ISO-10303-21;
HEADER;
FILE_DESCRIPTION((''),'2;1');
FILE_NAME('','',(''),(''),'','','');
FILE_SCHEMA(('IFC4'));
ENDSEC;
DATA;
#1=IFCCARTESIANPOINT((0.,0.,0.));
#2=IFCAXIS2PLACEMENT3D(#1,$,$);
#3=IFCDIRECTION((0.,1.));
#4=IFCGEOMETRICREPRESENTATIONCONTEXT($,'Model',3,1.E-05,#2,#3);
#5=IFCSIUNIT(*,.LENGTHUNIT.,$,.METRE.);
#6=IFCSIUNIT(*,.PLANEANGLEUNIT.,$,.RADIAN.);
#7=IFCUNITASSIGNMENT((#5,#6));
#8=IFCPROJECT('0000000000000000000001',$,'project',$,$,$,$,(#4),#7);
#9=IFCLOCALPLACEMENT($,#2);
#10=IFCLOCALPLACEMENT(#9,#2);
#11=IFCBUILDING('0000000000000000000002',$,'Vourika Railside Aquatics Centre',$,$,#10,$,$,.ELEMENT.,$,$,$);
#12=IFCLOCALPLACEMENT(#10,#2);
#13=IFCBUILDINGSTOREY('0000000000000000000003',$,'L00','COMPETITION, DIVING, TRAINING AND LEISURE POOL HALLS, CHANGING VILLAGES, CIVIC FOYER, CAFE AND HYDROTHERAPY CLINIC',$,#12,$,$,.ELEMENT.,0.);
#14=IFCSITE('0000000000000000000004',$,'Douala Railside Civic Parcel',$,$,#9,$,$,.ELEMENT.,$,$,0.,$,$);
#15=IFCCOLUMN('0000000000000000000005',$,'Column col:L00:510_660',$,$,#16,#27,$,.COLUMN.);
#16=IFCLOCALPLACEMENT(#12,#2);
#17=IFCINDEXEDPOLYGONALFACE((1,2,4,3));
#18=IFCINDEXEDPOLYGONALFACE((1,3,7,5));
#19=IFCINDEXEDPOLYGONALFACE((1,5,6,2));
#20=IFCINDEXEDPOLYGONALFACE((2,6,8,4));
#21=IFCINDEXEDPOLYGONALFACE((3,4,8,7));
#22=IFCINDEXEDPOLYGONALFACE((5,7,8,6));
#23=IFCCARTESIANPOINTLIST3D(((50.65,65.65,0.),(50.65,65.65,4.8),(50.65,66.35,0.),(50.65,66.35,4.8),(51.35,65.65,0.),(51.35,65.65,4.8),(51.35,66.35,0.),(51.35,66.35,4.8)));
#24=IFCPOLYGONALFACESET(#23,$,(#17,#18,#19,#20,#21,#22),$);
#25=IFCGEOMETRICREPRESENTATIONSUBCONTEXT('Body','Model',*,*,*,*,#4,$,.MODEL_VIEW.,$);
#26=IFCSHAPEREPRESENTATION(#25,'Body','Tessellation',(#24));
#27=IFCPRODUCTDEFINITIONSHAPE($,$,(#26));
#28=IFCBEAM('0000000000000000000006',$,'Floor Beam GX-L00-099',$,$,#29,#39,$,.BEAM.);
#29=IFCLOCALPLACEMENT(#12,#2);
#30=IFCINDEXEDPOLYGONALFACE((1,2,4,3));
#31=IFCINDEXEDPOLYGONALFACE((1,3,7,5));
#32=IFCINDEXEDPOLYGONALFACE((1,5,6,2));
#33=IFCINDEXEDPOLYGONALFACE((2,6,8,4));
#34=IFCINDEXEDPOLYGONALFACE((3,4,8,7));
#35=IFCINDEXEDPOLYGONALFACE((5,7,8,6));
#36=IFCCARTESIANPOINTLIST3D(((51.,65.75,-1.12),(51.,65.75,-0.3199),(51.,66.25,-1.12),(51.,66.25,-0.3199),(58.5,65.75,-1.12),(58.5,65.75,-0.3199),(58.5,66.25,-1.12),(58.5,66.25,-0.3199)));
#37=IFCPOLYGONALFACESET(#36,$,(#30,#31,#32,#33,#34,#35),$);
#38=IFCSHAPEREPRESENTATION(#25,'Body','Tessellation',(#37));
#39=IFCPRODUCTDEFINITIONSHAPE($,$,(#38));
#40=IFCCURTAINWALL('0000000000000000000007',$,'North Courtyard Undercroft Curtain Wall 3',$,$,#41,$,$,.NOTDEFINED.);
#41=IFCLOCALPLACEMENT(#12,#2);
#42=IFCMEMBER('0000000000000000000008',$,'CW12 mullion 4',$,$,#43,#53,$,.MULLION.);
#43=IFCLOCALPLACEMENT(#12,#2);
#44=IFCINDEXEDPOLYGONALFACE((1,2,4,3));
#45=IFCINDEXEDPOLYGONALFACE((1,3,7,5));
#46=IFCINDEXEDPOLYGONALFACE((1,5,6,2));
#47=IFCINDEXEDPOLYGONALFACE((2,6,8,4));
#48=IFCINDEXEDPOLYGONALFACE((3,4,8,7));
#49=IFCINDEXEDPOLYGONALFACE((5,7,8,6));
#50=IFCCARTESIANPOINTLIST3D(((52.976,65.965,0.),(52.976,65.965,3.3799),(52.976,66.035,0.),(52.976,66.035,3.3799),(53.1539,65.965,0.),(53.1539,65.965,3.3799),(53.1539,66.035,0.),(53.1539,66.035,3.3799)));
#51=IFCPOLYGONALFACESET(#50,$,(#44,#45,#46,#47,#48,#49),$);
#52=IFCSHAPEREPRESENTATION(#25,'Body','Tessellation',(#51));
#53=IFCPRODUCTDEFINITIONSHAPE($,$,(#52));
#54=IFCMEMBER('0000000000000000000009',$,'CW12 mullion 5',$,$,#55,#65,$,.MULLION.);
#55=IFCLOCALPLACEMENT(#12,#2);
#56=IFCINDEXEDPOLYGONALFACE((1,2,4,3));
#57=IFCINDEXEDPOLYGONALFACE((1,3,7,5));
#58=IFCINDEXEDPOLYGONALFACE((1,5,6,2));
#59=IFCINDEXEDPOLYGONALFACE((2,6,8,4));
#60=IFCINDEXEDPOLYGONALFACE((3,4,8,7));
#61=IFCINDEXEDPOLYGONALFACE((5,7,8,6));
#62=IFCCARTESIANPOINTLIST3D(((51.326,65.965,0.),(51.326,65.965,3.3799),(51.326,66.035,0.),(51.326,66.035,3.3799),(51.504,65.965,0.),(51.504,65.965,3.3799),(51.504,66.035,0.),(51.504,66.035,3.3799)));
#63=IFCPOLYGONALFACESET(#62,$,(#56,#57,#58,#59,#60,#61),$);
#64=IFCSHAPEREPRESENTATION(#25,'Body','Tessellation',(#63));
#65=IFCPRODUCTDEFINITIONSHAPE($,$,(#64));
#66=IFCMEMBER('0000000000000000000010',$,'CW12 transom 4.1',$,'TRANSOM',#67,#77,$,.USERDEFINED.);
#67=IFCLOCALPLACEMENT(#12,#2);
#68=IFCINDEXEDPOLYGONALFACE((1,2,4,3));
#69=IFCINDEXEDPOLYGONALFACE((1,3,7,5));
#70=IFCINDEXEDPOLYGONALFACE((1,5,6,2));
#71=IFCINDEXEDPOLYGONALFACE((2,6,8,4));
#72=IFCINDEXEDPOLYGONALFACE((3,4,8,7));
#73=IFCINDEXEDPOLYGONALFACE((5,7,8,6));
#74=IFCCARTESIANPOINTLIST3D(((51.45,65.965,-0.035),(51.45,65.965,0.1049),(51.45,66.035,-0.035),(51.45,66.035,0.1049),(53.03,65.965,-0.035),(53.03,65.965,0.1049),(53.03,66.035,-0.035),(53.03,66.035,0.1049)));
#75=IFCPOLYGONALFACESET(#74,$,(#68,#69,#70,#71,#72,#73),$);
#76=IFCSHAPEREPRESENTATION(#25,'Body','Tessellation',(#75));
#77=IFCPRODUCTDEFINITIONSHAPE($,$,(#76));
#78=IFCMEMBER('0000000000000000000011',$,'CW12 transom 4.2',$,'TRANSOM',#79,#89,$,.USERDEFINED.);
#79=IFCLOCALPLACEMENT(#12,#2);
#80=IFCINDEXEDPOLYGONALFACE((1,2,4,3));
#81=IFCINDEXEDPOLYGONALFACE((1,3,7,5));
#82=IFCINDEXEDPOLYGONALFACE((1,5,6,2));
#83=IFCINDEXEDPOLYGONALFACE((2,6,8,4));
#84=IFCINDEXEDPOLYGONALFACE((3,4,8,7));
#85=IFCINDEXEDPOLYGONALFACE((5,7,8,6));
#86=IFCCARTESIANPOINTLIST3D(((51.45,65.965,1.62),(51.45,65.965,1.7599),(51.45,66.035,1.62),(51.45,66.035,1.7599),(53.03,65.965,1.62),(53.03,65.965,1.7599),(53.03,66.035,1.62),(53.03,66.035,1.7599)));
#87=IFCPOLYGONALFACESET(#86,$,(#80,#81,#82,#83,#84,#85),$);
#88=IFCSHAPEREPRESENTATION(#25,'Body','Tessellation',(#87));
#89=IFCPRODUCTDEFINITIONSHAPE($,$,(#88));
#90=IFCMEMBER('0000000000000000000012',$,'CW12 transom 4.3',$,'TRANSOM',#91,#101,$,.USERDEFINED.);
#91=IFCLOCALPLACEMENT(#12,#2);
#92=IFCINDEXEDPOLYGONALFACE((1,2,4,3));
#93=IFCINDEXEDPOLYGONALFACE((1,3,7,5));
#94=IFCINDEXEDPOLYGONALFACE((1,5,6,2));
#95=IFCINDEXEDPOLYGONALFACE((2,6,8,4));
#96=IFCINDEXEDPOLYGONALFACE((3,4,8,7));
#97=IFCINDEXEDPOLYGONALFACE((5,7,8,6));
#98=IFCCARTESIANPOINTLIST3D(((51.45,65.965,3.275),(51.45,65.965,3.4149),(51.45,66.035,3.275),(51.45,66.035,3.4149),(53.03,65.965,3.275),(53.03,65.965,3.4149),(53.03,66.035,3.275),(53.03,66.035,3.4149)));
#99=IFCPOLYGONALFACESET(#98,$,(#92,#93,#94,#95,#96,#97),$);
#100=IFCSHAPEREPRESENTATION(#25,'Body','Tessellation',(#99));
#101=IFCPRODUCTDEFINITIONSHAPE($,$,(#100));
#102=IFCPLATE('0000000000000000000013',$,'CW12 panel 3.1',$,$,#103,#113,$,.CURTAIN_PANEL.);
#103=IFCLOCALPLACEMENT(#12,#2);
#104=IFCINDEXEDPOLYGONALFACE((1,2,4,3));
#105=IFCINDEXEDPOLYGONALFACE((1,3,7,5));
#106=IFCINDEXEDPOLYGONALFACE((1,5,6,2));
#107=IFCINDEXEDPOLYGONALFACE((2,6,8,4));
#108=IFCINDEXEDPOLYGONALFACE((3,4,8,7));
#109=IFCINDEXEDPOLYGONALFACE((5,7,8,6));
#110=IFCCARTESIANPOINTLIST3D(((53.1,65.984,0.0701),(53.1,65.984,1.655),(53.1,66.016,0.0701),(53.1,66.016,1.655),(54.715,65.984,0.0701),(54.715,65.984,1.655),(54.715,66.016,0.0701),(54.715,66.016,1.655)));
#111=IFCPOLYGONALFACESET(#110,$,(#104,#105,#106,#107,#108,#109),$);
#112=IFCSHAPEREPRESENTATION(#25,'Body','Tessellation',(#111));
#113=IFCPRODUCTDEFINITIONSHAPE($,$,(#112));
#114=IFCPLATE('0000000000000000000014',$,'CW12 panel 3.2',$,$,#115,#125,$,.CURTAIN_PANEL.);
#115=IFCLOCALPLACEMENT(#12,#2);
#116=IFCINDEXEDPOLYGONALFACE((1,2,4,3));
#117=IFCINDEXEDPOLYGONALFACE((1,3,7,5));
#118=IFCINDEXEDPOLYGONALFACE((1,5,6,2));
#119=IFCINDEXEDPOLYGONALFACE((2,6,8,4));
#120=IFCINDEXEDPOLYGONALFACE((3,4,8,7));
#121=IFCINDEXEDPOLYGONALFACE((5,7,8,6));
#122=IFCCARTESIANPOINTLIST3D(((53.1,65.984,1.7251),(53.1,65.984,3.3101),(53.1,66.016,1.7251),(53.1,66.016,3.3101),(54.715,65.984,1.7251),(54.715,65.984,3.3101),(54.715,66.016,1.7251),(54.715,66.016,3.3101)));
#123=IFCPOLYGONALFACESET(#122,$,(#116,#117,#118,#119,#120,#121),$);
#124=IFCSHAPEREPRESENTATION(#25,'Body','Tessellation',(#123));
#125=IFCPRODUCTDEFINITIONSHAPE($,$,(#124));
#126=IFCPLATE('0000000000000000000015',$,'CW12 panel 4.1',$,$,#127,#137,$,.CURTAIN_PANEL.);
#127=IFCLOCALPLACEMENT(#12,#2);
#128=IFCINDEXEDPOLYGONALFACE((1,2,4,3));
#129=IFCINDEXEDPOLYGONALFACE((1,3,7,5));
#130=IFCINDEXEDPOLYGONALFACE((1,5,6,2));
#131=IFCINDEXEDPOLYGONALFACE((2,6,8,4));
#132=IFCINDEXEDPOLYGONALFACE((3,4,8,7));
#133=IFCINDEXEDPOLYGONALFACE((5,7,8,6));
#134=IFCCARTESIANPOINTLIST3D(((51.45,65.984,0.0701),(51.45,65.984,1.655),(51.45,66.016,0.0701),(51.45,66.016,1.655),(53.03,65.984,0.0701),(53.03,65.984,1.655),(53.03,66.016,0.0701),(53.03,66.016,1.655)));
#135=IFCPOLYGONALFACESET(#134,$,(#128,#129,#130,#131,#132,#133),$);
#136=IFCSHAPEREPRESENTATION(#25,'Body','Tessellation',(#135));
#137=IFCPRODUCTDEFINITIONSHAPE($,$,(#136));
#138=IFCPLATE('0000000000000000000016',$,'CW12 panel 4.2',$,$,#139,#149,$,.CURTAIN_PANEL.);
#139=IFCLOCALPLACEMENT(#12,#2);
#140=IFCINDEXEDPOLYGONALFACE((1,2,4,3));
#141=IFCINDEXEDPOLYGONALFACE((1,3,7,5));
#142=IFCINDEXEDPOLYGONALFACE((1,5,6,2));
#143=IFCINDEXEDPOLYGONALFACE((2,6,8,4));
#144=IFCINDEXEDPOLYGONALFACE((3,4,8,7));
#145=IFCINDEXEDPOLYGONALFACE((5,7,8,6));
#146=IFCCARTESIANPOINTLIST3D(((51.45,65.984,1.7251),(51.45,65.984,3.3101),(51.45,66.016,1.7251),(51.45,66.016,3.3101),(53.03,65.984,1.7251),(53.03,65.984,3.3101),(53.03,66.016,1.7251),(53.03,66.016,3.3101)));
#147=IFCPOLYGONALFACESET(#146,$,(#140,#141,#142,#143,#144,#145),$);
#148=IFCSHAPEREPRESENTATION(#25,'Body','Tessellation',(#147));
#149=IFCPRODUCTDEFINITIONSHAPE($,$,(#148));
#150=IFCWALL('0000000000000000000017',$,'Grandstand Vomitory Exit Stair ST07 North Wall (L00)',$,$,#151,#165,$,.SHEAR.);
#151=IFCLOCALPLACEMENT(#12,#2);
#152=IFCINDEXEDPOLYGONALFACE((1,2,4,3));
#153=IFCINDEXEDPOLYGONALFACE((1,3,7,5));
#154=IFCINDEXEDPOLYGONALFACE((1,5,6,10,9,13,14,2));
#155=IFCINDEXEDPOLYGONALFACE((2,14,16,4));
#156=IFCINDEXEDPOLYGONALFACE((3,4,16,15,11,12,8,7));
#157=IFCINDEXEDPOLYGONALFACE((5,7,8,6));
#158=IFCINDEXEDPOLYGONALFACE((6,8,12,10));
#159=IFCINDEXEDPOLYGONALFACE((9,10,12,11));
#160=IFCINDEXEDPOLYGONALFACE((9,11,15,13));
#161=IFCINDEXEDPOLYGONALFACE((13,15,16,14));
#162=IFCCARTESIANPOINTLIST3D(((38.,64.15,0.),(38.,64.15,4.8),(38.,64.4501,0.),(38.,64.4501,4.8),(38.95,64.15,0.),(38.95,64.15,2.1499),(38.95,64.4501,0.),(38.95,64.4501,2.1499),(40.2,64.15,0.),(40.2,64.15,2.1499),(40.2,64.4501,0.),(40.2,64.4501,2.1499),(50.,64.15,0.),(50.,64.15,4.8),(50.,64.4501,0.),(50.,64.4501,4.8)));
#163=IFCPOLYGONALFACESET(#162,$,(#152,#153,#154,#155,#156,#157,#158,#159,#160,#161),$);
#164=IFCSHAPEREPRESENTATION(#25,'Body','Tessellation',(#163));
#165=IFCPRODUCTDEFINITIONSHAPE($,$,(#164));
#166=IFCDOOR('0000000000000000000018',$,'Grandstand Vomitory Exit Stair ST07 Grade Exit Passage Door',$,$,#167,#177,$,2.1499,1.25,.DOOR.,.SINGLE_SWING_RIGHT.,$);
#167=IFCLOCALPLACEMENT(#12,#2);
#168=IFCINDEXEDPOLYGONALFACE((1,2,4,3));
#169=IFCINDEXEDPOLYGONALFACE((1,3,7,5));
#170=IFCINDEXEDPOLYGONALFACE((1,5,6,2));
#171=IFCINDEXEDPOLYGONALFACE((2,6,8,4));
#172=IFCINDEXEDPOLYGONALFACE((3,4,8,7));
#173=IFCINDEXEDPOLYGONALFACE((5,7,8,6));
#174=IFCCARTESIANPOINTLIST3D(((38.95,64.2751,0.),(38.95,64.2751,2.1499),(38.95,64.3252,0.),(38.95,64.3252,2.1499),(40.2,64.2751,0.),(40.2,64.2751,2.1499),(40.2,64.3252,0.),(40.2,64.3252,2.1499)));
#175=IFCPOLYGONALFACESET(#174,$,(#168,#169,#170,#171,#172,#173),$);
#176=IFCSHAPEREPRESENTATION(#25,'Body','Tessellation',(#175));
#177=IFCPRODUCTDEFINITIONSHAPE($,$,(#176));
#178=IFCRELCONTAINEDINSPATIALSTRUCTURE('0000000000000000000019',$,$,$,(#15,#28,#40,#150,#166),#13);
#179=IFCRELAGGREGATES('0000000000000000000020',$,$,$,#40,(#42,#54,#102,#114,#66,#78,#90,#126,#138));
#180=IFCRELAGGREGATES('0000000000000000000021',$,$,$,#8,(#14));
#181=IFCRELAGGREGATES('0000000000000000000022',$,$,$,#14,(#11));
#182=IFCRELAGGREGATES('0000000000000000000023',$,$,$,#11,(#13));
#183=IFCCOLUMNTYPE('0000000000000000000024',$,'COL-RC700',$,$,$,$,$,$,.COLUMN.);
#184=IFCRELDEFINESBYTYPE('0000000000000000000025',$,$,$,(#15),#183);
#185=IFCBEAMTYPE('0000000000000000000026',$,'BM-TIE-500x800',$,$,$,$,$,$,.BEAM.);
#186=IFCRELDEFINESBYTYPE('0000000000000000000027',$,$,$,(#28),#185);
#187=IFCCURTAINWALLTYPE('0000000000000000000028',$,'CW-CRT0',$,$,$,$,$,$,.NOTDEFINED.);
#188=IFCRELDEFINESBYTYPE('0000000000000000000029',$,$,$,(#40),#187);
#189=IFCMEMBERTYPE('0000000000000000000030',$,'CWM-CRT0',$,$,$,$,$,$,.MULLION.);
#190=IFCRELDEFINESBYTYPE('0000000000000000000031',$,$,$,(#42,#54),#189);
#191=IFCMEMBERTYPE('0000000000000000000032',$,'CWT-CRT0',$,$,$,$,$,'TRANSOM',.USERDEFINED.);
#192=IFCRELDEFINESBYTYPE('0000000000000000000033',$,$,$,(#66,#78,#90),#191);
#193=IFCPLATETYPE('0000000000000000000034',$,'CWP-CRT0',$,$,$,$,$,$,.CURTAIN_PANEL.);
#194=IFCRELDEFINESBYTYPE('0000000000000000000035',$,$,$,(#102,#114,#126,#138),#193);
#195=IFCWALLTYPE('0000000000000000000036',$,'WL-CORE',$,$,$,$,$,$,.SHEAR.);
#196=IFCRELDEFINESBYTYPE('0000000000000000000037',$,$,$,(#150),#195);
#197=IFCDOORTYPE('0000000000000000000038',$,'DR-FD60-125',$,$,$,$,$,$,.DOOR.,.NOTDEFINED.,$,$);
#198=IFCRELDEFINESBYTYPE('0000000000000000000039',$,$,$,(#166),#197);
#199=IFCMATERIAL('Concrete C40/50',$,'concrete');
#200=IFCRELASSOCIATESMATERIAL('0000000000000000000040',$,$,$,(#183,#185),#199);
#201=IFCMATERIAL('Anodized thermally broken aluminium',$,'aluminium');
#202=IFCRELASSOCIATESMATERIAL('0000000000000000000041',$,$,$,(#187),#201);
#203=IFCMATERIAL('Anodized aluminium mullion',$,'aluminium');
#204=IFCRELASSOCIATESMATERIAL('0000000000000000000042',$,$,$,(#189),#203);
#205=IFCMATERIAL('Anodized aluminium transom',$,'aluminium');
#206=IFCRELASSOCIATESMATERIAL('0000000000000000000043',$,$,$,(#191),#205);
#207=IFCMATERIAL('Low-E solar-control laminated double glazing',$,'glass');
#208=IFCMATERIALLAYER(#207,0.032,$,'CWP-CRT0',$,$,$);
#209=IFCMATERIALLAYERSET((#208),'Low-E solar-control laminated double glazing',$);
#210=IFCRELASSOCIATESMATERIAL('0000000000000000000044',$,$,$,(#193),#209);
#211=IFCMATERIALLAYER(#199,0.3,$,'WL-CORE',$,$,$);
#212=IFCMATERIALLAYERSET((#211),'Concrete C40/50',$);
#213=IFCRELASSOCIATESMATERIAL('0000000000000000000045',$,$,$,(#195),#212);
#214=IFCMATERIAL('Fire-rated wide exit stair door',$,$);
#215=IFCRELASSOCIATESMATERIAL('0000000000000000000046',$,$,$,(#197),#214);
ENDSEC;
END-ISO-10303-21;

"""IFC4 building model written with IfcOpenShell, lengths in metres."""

from ifc_helpers import new_model, si_unit, direction, frame, frame_2d, origin, origin_2d, place, context, subcontext, project, spatial, rectangle, extrude, material, layer, layer_set, material_profile, profile_set, type_object, element, fill, aggregate, save


model = new_model("IFC4")

# Units and contexts
model_context = context("Model", 3, precision=1e-05, world=origin(), true_north=direction((0.0, 1.0)))
body_context = subcontext(model_context, "Body", "Model", "MODEL_VIEW")
ifc_project = project(units=[si_unit("LENGTHUNIT", "METRE"), si_unit("PLANEANGLEUNIT", "RADIAN")], contexts=[model_context])

# Site, building, storey
site_placement = place(None, origin())
site = spatial("IfcSite", under=ifc_project, at=site_placement, Name="Douala Railside Civic Parcel", CompositionType="ELEMENT", RefElevation=0.0)
building_placement = place(site_placement, origin())
building = spatial("IfcBuilding", under=site, at=building_placement, Name="Vourika Railside Aquatics Centre", CompositionType="ELEMENT")
storey_placement = place(building_placement, origin())
storey = spatial("IfcBuildingStorey", under=building, at=storey_placement, Name="L00", Description="COMPETITION, DIVING, TRAINING AND LEISURE POOL HALLS, CHANGING VILLAGES, CIVIC FOYER, CAFE AND HYDROTHERAPY CLINIC", CompositionType="ELEMENT", Elevation=0.0)

# Column
ifc_material_1 = material(Name="Concrete C40/50", Category="concrete")
ifc_material_profile_1 = material_profile(ifc_material_1, rectangle(XDim=0.7, YDim=0.7, at=origin_2d()), Name="RC 700x700")
ifc_profile_set_1 = profile_set([ifc_material_profile_1], Name="Concrete C40/50")
column_type = type_object("IfcColumnType", Name="COL-RC700", PredefinedType="COLUMN", material=ifc_profile_set_1)
column_placement = place(storey_placement, frame((51.0, 66.0, 0.0), z_axis=(0.0, 0.0, 1.0), x_axis=(1.0, 0.0, 0.0)))
element("IfcColumn", 1, at=column_placement, inside=storey, type_object=column_type, Name="Column col:L00:510_660", PredefinedType="COLUMN", context=body_context, shape_type="SweptSolid", body=[
    extrude(rectangle(XDim=0.7, YDim=0.7, at=origin_2d()), origin(), (0.0, 0.0, 1.0), 4.8),
])

# Beam
ifc_material_profile_2 = material_profile(ifc_material_1, rectangle(XDim=0.5, YDim=0.8, at=origin_2d()), Name="RC 500x800")
ifc_profile_set_2 = profile_set([ifc_material_profile_2], Name="Concrete C40/50")
beam_type = type_object("IfcBeamType", Name="BM-TIE-500x800", PredefinedType="BEAM", material=ifc_profile_set_2)
beam_placement = place(storey_placement, frame((51.0, 66.0, -0.72), z_axis=(1.0, 0.0, 0.0), x_axis=(0.0, 1.0, 0.0)))
element("IfcBeam", 2, at=beam_placement, inside=storey, type_object=beam_type, Name="Floor Beam GX-L00-099", PredefinedType="BEAM", context=body_context, shape_type="SweptSolid", body=[
    extrude(rectangle(XDim=0.5, YDim=0.8, at=origin_2d()), origin(), (0.0, 0.0, 1.0), 7.5),
])

# Curtain wall, members, plates
ifc_material_2 = material(Name="Anodized thermally broken aluminium", Category="aluminium")
curtain_wall_type = type_object("IfcCurtainWallType", Name="CW-CRT0", PredefinedType="NOTDEFINED", material=ifc_material_2)
curtain_wall_placement = place(storey_placement, origin())
curtain_wall = element("IfcCurtainWall", 3, at=curtain_wall_placement, inside=storey, type_object=curtain_wall_type, Name="North Courtyard Undercroft Curtain Wall 3", PredefinedType="NOTDEFINED")
ifc_material_3 = material(Name="Anodized aluminium mullion", Category="aluminium")
ifc_material_profile_3 = material_profile(ifc_material_3, rectangle(XDim=0.0701, YDim=0.178, at=origin_2d()), Name="ALU-M 70x178")
ifc_profile_set_3 = profile_set([ifc_material_profile_3], Name="Anodized aluminium mullion")
member_type_1 = type_object("IfcMemberType", Name="CWM-CRT0", PredefinedType="MULLION", material=ifc_profile_set_3)
member_1_placement = place(storey_placement, frame((53.0649, 66.0, 0.0), z_axis=(0.0, 0.0, 1.0), x_axis=(0.0, -1.0, 0.0)))
member_1 = element("IfcMember", 4, at=member_1_placement, type_object=member_type_1, Name="CW12 mullion 4", PredefinedType="MULLION", context=body_context, shape_type="SweptSolid", body=[
    extrude(rectangle(XDim=0.0701, YDim=0.178, at=origin_2d()), origin(), (0.0, 0.0, 1.0), 3.3799),
])
member_2_placement = place(storey_placement, frame((51.415, 66.0, 0.0), z_axis=(0.0, 0.0, 1.0), x_axis=(0.0, -1.0, 0.0)))
member_2 = element("IfcMember", 5, at=member_2_placement, type_object=member_type_1, Name="CW12 mullion 5", PredefinedType="MULLION", context=body_context, shape_type="SweptSolid", body=[
    extrude(rectangle(XDim=0.0701, YDim=0.178, at=origin_2d()), origin(), (0.0, 0.0, 1.0), 3.3799),
])
ifc_material_4 = material(Name="Anodized aluminium transom", Category="aluminium")
ifc_material_profile_4 = material_profile(ifc_material_4, rectangle(XDim=0.0701, YDim=0.1399, at=origin_2d()), Name="ALU-T 70x140")
ifc_profile_set_4 = profile_set([ifc_material_profile_4], Name="Anodized aluminium transom")
member_type_2 = type_object("IfcMemberType", Name="CWT-CRT0", ElementType="TRANSOM", PredefinedType="USERDEFINED", material=ifc_profile_set_4)
member_3_placement = place(storey_placement, frame((53.03, 66.0, 0.0349), z_axis=(-1.0, 0.0, 0.0), x_axis=(0.0, -1.0, 0.0)))
member_3 = element("IfcMember", 6, at=member_3_placement, type_object=member_type_2, Name="CW12 transom 4.1", ObjectType="TRANSOM", PredefinedType="USERDEFINED", context=body_context, shape_type="SweptSolid", body=[
    extrude(rectangle(XDim=0.0701, YDim=0.1399, at=origin_2d()), origin(), (0.0, 0.0, 1.0), 1.5801),
])
member_4_placement = place(storey_placement, frame((53.03, 66.0, 1.6899), z_axis=(-1.0, 0.0, 0.0), x_axis=(0.0, -1.0, 0.0)))
member_4 = element("IfcMember", 7, at=member_4_placement, type_object=member_type_2, Name="CW12 transom 4.2", ObjectType="TRANSOM", PredefinedType="USERDEFINED", context=body_context, shape_type="SweptSolid", body=[
    extrude(rectangle(XDim=0.0701, YDim=0.1399, at=origin_2d()), origin(), (0.0, 0.0, 1.0), 1.5801),
])
member_5_placement = place(storey_placement, frame((53.03, 66.0, 3.345), z_axis=(-1.0, 0.0, 0.0), x_axis=(0.0, -1.0, 0.0)))
member_5 = element("IfcMember", 8, at=member_5_placement, type_object=member_type_2, Name="CW12 transom 4.3", ObjectType="TRANSOM", PredefinedType="USERDEFINED", context=body_context, shape_type="SweptSolid", body=[
    extrude(rectangle(XDim=0.0701, YDim=0.1399, at=origin_2d()), origin(), (0.0, 0.0, 1.0), 1.5801),
])
ifc_material_5 = material(Name="Low-E solar-control laminated double glazing", Category="glass")
ifc_layer_1 = layer(ifc_material_5, 0.032, Name="CWP-CRT0")
ifc_layer_set_1 = layer_set([ifc_layer_1], Name="Low-E solar-control laminated double glazing")
plate_type = type_object("IfcPlateType", Name="CWP-CRT0", PredefinedType="CURTAIN_PANEL", material=ifc_layer_set_1)
plate_1_placement = place(storey_placement, frame((53.9075, 66.0, 0.0701), z_axis=(0.0, 0.0, 1.0), x_axis=(-1.0, 0.0, 0.0)))
plate_1 = element("IfcPlate", 9, at=plate_1_placement, type_object=plate_type, Name="CW12 panel 3.1", PredefinedType="CURTAIN_PANEL", context=body_context, shape_type="SweptSolid", body=[
    extrude(rectangle(XDim=1.615, YDim=0.032, at=origin_2d()), origin(), (0.0, 0.0, 1.0), 1.585),
])
plate_2_placement = place(storey_placement, frame((53.9075, 66.0, 1.7251), z_axis=(0.0, 0.0, 1.0), x_axis=(-1.0, 0.0, 0.0)))
plate_2 = element("IfcPlate", 10, at=plate_2_placement, type_object=plate_type, Name="CW12 panel 3.2", PredefinedType="CURTAIN_PANEL", context=body_context, shape_type="SweptSolid", body=[
    extrude(rectangle(XDim=1.615, YDim=0.032, at=origin_2d()), origin(), (0.0, 0.0, 1.0), 1.585),
])
plate_3_placement = place(storey_placement, frame((52.24, 66.0, 0.0701), z_axis=(0.0, 0.0, 1.0), x_axis=(-1.0, 0.0, 0.0)))
plate_3 = element("IfcPlate", 11, at=plate_3_placement, type_object=plate_type, Name="CW12 panel 4.1", PredefinedType="CURTAIN_PANEL", context=body_context, shape_type="SweptSolid", body=[
    extrude(rectangle(XDim=1.5801, YDim=0.032, at=origin_2d()), origin(), (0.0, 0.0, 1.0), 1.585),
])
plate_4_placement = place(storey_placement, frame((52.24, 66.0, 1.7251), z_axis=(0.0, 0.0, 1.0), x_axis=(-1.0, 0.0, 0.0)))
plate_4 = element("IfcPlate", 12, at=plate_4_placement, type_object=plate_type, Name="CW12 panel 4.2", PredefinedType="CURTAIN_PANEL", context=body_context, shape_type="SweptSolid", body=[
    extrude(rectangle(XDim=1.5801, YDim=0.032, at=origin_2d()), origin(), (0.0, 0.0, 1.0), 1.585),
])
aggregate(curtain_wall, [member_1, member_2, plate_1, plate_2, member_3, member_4, member_5, plate_3, plate_4])

# Wall, opening, door
ifc_layer_2 = layer(ifc_material_1, 0.3, Name="WL-CORE")
ifc_layer_set_2 = layer_set([ifc_layer_2], Name="Concrete C40/50")
wall_type_1 = type_object("IfcWallType", Name="WL-CORE", PredefinedType="SHEAR", material=ifc_layer_set_2)
wall_1_placement = place(storey_placement, frame((50.0, 64.3, 0.0), z_axis=(0.0, 0.0, 1.0), x_axis=(-1.0, 0.0, 0.0)))
wall_1 = element("IfcWall", 13, at=wall_1_placement, inside=storey, type_object=wall_type_1, Name="Grandstand Vomitory Exit Stair ST07 North Wall (L00)", PredefinedType="SHEAR", context=body_context, shape_type="SweptSolid", body=[
    extrude(rectangle(XDim=12.0, YDim=0.3, at=frame_2d((6.0, 0.0))), origin(), (0.0, 0.0, 1.0), 4.8),
])
opening_1_placement = place(wall_1_placement, frame((9.8, 0.0, 0.0)))
opening_1 = element("IfcOpeningElement", 14, at=opening_1_placement, cuts=wall_1, PredefinedType="OPENING", context=body_context, shape_type="SweptSolid", body=[
    extrude(rectangle(XDim=1.25, YDim=2.1499, at=frame_2d((0.625, 1.075))), frame((0.0, 0.1602, 0.0), z_axis=(0.0, -1.0, 0.0), x_axis=(1.0, 0.0, 0.0)), (0.0, 0.0, 1.0), 0.3201),
])
ifc_material_6 = material(Name="Fire-rated wide exit stair door")
door_type_1 = type_object("IfcDoorType", Name="DR-FD60-125", OperationType="NOTDEFINED", PredefinedType="DOOR", material=ifc_material_6)
door_1_placement = place(opening_1_placement, origin())
door_1 = element("IfcDoor", 15, at=door_1_placement, inside=storey, type_object=door_type_1, Name="Grandstand Vomitory Exit Stair ST07 Grade Exit Passage Door", OperationType="SINGLE_SWING_RIGHT", OverallHeight=2.1499, OverallWidth=1.25, PredefinedType="DOOR", context=body_context, shape_type="SweptSolid", body=[
    extrude(rectangle(XDim=1.25, YDim=2.1499, at=frame_2d((0.625, 1.075))), frame((0.0, 0.0249, 0.0), z_axis=(0.0, -1.0, 0.0), x_axis=(1.0, 0.0, 0.0)), (0.0, 0.0, 1.0), 0.05),
])
fill(opening_1, door_1)

save(model, "model.ifc")
